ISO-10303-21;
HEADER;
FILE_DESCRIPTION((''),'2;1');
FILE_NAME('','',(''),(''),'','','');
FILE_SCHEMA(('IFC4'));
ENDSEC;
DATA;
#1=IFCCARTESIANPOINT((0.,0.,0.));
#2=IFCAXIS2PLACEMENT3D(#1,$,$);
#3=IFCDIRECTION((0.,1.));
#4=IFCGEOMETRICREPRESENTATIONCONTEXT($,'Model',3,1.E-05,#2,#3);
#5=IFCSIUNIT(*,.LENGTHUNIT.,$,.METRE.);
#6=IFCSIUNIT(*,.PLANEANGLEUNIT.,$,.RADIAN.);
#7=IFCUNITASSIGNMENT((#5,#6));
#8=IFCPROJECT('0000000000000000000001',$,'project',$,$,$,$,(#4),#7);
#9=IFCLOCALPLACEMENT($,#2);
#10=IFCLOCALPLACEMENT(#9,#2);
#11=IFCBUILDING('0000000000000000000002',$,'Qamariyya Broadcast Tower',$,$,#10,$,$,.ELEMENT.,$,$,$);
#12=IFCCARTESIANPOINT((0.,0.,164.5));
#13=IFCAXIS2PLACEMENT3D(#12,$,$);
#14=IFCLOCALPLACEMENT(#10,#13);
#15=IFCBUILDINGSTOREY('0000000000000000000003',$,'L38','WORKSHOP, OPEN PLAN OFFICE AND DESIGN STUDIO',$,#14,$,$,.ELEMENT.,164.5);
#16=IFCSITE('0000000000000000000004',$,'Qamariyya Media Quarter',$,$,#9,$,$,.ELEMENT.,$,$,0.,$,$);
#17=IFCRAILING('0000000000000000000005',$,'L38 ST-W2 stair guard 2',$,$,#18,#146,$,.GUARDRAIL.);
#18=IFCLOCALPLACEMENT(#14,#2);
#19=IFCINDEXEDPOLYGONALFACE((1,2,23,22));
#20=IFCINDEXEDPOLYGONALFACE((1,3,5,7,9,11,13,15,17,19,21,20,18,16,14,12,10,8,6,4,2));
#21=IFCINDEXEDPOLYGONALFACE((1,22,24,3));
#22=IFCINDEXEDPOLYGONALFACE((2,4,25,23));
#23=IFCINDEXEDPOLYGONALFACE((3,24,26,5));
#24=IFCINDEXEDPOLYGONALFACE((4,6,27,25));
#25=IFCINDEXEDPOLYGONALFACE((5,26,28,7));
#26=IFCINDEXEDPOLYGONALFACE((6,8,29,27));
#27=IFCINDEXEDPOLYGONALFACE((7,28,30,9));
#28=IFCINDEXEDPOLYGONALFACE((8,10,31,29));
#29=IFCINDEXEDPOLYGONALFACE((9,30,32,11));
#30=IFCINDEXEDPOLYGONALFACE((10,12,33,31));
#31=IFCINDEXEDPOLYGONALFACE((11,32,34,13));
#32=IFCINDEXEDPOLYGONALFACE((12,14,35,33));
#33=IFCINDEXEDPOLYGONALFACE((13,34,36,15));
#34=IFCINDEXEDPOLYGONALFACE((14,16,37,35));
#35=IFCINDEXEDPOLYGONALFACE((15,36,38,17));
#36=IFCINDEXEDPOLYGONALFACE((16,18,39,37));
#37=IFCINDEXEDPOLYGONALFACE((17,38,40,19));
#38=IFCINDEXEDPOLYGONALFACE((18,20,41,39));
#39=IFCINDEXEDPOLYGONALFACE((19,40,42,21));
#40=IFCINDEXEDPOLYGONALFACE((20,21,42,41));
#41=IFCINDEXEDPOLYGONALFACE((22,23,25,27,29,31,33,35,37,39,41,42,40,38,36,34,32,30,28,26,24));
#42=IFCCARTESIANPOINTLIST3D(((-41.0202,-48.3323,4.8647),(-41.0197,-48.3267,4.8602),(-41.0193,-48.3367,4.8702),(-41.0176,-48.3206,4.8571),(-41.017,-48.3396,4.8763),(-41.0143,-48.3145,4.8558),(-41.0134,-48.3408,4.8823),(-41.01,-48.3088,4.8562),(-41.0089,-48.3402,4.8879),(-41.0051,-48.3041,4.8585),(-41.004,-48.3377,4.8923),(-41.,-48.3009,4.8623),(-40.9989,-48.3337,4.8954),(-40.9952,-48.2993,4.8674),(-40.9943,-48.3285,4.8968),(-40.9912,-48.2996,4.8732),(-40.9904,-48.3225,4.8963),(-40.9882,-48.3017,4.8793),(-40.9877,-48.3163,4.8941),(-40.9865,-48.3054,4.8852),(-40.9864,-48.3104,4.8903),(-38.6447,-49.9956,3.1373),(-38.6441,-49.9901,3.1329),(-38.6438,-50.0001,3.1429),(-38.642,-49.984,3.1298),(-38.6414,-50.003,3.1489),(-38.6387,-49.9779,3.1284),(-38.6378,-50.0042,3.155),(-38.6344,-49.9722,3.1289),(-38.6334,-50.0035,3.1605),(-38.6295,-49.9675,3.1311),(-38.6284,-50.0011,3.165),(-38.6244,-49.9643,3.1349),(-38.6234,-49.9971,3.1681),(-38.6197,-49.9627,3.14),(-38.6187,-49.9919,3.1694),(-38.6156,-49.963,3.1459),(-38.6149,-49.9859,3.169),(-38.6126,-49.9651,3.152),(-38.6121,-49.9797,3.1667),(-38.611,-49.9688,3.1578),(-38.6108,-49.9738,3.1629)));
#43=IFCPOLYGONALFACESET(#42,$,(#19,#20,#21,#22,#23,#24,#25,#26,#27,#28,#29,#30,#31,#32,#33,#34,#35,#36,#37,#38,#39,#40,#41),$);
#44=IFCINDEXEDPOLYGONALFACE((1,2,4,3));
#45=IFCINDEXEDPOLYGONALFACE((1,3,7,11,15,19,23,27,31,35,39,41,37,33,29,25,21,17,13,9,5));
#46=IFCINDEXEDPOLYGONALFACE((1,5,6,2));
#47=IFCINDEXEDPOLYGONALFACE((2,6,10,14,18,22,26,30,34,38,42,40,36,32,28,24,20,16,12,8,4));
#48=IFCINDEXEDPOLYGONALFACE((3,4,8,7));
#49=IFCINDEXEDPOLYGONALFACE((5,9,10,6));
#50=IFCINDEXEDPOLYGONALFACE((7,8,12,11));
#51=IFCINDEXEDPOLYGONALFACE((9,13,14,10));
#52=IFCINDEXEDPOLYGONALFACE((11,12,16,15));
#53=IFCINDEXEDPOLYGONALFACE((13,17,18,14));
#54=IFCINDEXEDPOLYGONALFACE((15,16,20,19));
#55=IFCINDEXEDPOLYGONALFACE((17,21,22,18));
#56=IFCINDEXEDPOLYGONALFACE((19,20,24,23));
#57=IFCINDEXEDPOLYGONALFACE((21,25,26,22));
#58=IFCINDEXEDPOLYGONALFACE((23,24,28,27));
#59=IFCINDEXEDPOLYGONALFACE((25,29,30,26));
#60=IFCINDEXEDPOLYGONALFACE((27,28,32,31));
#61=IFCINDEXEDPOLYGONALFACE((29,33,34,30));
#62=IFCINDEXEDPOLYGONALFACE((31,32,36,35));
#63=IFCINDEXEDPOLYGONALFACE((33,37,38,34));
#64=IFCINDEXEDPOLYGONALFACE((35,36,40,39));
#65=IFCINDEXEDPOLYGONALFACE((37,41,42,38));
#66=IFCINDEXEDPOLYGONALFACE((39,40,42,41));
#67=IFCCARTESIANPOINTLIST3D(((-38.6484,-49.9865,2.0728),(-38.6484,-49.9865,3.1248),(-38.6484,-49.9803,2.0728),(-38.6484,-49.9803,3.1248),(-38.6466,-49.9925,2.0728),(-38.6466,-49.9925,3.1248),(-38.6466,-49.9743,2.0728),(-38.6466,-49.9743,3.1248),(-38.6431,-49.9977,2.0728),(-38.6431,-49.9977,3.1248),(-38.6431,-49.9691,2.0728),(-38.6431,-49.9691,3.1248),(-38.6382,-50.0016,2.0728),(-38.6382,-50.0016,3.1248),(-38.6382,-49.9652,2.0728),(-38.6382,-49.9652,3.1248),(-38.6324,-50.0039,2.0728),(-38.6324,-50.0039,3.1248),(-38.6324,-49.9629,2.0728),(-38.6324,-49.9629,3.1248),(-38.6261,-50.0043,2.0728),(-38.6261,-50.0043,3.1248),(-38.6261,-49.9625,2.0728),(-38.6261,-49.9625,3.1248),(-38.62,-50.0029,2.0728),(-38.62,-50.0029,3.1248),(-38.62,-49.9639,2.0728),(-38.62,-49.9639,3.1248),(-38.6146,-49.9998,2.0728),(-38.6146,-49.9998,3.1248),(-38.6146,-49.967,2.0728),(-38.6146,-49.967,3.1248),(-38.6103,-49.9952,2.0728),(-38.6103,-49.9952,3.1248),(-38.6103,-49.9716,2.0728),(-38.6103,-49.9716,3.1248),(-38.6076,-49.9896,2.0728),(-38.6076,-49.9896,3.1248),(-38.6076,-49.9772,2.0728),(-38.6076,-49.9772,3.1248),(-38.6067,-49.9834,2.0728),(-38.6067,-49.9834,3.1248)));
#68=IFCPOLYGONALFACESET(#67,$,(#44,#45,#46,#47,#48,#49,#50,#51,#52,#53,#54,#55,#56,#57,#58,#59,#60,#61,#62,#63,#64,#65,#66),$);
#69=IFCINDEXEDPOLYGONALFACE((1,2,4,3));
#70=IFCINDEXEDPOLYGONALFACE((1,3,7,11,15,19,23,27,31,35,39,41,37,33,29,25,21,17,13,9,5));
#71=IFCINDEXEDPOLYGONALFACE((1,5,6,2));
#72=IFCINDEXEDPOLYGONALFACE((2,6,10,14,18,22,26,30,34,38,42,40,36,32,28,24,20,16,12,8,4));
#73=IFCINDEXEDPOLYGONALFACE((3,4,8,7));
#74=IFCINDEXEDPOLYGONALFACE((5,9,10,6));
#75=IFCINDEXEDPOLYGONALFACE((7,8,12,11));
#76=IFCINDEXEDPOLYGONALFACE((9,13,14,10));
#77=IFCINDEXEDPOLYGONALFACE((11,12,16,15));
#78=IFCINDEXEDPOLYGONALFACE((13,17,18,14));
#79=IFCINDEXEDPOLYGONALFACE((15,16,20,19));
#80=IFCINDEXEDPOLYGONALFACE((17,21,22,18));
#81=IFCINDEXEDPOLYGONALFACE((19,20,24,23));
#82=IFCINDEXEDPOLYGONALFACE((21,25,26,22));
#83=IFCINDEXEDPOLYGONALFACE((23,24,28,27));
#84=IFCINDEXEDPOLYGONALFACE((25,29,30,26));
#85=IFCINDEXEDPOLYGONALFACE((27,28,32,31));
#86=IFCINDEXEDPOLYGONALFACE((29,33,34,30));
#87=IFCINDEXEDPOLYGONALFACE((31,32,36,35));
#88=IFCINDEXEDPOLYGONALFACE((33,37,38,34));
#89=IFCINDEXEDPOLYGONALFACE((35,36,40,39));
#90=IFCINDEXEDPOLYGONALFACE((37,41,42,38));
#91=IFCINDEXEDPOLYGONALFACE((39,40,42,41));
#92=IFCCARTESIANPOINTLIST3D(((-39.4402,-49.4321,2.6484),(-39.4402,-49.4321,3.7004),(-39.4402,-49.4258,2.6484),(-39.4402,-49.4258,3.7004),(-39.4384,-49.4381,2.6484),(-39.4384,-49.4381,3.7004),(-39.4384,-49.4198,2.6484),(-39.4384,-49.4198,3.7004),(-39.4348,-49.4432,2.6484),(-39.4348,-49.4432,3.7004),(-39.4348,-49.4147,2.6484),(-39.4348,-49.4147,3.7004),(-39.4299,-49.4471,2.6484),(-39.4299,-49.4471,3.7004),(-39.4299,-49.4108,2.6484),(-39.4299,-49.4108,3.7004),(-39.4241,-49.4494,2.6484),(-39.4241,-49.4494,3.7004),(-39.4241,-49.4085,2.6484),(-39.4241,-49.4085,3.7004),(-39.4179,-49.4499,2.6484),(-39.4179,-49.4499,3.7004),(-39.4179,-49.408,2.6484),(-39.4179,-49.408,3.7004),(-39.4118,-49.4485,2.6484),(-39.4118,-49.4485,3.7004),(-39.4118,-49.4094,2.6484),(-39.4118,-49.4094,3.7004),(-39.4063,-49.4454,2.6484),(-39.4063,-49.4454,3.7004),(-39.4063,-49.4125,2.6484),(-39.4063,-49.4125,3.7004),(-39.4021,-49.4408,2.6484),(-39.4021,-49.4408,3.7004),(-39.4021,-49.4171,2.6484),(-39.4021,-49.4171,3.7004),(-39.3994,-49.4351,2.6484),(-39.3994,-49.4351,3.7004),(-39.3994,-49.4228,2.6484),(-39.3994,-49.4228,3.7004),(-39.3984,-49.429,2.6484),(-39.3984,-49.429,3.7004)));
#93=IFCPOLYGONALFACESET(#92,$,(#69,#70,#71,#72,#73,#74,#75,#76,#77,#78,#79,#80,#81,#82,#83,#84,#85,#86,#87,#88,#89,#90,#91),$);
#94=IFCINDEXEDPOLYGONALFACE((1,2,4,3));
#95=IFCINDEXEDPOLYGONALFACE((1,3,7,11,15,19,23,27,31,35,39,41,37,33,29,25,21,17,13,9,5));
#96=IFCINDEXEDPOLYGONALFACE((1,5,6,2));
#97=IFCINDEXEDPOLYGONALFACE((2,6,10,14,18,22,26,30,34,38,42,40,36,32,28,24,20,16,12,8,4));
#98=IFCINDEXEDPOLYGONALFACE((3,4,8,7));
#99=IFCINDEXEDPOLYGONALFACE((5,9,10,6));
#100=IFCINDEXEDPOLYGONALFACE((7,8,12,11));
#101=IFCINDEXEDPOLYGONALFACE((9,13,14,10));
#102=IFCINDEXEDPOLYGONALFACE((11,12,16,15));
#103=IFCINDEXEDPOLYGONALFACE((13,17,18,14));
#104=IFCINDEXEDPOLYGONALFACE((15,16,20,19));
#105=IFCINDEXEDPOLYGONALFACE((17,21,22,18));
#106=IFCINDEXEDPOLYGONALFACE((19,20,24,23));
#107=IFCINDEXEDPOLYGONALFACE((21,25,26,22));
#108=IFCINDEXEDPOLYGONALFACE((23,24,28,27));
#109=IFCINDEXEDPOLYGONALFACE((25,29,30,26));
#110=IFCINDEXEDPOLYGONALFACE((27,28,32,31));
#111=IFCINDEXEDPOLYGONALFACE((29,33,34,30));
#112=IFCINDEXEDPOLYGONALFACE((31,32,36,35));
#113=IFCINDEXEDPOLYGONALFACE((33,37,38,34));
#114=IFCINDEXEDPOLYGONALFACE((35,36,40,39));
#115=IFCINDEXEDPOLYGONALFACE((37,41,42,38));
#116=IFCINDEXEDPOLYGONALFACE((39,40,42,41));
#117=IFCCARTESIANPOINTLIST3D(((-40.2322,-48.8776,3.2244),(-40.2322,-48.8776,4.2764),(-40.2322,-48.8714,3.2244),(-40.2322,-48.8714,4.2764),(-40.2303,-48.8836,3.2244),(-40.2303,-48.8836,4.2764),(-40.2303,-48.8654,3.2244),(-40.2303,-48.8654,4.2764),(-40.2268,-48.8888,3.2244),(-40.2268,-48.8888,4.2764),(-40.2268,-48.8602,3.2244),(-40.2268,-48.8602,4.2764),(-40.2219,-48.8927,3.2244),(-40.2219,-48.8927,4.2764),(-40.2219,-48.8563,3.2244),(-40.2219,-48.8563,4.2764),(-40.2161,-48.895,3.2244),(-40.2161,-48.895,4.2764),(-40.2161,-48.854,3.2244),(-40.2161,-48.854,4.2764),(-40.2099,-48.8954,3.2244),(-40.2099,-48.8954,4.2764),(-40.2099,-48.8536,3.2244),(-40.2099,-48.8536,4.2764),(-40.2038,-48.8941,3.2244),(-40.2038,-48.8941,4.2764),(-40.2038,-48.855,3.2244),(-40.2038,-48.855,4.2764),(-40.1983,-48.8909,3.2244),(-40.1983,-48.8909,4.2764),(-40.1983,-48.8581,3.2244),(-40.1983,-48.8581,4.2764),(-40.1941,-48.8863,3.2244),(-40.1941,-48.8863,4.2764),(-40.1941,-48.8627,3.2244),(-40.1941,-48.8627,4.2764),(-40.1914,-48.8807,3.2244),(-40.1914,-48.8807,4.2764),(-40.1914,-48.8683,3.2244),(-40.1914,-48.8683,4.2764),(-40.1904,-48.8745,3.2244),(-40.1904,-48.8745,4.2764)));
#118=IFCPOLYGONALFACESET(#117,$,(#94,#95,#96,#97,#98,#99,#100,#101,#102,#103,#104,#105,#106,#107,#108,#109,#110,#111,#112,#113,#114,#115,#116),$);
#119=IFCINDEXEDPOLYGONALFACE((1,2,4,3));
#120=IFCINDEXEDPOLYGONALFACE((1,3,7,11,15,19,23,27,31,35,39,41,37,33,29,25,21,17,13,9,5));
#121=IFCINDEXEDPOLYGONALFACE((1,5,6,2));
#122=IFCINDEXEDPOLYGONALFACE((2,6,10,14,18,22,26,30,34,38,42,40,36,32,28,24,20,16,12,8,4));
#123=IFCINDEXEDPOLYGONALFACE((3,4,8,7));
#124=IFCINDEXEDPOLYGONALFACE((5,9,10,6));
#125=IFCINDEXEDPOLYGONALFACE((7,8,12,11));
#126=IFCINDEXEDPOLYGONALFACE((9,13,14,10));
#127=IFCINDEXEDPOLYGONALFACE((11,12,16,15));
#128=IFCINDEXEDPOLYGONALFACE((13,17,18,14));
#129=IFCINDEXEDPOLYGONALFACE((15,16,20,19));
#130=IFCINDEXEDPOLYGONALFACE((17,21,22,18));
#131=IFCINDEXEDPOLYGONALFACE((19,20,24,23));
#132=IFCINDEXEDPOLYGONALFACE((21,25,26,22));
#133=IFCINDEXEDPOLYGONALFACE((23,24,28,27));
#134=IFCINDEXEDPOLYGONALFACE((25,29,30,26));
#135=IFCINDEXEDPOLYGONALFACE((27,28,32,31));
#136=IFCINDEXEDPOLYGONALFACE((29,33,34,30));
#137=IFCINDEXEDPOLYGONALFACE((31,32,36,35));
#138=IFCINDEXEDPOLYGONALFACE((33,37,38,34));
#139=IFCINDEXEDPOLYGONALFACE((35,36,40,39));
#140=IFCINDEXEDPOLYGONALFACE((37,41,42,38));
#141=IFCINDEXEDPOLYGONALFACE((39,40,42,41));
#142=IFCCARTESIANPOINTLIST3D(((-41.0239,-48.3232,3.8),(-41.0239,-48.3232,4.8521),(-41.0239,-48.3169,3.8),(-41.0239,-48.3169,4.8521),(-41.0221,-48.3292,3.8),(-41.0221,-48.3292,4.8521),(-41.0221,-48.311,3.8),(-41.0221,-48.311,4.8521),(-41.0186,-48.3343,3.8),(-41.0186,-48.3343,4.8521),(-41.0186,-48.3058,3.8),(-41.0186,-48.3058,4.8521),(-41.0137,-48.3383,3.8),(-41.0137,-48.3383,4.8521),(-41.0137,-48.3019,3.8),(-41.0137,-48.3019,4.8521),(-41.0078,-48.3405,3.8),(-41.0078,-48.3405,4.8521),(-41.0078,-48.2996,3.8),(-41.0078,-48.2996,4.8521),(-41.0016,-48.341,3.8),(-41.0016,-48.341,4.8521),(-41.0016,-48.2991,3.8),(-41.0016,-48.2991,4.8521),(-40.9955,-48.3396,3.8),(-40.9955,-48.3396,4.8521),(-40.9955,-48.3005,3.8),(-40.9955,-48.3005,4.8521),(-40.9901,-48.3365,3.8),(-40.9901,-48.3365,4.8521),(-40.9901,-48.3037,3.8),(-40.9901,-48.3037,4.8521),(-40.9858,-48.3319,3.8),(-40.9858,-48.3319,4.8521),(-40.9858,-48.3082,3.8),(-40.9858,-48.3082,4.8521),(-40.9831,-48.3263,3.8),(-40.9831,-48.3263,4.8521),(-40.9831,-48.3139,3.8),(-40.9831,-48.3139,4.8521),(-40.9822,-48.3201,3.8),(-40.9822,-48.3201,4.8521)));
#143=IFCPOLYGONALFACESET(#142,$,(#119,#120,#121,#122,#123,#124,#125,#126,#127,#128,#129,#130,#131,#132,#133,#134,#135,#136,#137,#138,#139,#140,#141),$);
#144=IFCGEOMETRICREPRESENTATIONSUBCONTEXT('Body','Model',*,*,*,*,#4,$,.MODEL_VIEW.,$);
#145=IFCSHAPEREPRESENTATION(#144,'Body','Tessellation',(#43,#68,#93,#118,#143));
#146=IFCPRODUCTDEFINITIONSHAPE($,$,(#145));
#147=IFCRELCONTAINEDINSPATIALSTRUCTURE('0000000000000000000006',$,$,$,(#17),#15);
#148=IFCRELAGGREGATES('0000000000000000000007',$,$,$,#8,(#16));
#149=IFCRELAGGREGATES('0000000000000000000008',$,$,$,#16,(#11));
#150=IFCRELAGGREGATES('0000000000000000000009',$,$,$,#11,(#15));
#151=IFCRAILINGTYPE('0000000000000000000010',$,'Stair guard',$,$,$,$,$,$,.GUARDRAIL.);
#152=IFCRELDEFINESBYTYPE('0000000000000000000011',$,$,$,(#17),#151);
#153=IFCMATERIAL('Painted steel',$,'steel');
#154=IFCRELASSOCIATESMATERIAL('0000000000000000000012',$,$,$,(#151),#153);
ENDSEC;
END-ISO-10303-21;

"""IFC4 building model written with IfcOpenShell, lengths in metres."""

from ifc_helpers import new_model, si_unit, direction, frame, origin, origin_2d, place, context, subcontext, project, spatial, circle, extrude, material, type_object, element, save


model = new_model("IFC4")

# Units and contexts
model_context = context("Model", 3, precision=1e-05, world=origin(), true_north=direction((0.0, 1.0)))
body_context = subcontext(model_context, "Body", "Model", "MODEL_VIEW")
ifc_project = project(units=[si_unit("LENGTHUNIT", "METRE"), si_unit("PLANEANGLEUNIT", "RADIAN")], contexts=[model_context])

# Site, building, storey
site_placement = place(None, origin())
site = spatial("IfcSite", under=ifc_project, at=site_placement, Name="Qamariyya Media Quarter", CompositionType="ELEMENT", RefElevation=0.0)
building_placement = place(site_placement, origin())
building = spatial("IfcBuilding", under=site, at=building_placement, Name="Qamariyya Broadcast Tower", CompositionType="ELEMENT")
storey_placement = place(building_placement, frame((0.0, 0.0, 164.5)))
storey = spatial("IfcBuildingStorey", under=building, at=storey_placement, Name="L38", Description="WORKSHOP, OPEN PLAN OFFICE AND DESIGN STUDIO", CompositionType="ELEMENT", Elevation=164.5)

# Railing
ifc_material_1 = material(Name="Painted steel", Category="steel")
railing_type_1 = type_object("IfcRailingType", Name="Stair guard", PredefinedType="GUARDRAIL", material=ifc_material_1)
railing_1_placement = place(storey_placement, frame((-38.6277, -49.9834, 2.0728)))
element("IfcRailing", 1, at=railing_1_placement, inside=storey, type_object=railing_type_1, Name="L38 ST-W2 stair guard 2", PredefinedType="GUARDRAIL", context=body_context, shape_type="SweptSolid", body=[
    extrude(circle(Radius=0.0239, at=origin_2d()), frame((0.0, 0.0, 1.0762), z_axis=(-0.70377, 0.492784, 0.511734), x_axis=(-0.573575, -0.819153, 0.0)), (0.0, 0.0, 1.0), 3.3755),
    extrude(circle(Radius=0.021, at=origin_2d()), origin(), (0.0, 0.0, 1.0), 1.052),
    extrude(circle(Radius=0.021, at=origin_2d()), frame((-0.7917, 0.5544, 0.5757)), (0.0, 0.0, 1.0), 1.052),
    extrude(circle(Radius=0.021, at=origin_2d()), frame((-1.5837, 1.1089, 1.1516)), (0.0, 0.0, 1.0), 1.052),
    extrude(circle(Radius=0.021, at=origin_2d()), frame((-2.3755, 1.6633, 1.7273)), (0.0, 0.0, 1.0), 1.052),
])

save(model, "model.ifc")
